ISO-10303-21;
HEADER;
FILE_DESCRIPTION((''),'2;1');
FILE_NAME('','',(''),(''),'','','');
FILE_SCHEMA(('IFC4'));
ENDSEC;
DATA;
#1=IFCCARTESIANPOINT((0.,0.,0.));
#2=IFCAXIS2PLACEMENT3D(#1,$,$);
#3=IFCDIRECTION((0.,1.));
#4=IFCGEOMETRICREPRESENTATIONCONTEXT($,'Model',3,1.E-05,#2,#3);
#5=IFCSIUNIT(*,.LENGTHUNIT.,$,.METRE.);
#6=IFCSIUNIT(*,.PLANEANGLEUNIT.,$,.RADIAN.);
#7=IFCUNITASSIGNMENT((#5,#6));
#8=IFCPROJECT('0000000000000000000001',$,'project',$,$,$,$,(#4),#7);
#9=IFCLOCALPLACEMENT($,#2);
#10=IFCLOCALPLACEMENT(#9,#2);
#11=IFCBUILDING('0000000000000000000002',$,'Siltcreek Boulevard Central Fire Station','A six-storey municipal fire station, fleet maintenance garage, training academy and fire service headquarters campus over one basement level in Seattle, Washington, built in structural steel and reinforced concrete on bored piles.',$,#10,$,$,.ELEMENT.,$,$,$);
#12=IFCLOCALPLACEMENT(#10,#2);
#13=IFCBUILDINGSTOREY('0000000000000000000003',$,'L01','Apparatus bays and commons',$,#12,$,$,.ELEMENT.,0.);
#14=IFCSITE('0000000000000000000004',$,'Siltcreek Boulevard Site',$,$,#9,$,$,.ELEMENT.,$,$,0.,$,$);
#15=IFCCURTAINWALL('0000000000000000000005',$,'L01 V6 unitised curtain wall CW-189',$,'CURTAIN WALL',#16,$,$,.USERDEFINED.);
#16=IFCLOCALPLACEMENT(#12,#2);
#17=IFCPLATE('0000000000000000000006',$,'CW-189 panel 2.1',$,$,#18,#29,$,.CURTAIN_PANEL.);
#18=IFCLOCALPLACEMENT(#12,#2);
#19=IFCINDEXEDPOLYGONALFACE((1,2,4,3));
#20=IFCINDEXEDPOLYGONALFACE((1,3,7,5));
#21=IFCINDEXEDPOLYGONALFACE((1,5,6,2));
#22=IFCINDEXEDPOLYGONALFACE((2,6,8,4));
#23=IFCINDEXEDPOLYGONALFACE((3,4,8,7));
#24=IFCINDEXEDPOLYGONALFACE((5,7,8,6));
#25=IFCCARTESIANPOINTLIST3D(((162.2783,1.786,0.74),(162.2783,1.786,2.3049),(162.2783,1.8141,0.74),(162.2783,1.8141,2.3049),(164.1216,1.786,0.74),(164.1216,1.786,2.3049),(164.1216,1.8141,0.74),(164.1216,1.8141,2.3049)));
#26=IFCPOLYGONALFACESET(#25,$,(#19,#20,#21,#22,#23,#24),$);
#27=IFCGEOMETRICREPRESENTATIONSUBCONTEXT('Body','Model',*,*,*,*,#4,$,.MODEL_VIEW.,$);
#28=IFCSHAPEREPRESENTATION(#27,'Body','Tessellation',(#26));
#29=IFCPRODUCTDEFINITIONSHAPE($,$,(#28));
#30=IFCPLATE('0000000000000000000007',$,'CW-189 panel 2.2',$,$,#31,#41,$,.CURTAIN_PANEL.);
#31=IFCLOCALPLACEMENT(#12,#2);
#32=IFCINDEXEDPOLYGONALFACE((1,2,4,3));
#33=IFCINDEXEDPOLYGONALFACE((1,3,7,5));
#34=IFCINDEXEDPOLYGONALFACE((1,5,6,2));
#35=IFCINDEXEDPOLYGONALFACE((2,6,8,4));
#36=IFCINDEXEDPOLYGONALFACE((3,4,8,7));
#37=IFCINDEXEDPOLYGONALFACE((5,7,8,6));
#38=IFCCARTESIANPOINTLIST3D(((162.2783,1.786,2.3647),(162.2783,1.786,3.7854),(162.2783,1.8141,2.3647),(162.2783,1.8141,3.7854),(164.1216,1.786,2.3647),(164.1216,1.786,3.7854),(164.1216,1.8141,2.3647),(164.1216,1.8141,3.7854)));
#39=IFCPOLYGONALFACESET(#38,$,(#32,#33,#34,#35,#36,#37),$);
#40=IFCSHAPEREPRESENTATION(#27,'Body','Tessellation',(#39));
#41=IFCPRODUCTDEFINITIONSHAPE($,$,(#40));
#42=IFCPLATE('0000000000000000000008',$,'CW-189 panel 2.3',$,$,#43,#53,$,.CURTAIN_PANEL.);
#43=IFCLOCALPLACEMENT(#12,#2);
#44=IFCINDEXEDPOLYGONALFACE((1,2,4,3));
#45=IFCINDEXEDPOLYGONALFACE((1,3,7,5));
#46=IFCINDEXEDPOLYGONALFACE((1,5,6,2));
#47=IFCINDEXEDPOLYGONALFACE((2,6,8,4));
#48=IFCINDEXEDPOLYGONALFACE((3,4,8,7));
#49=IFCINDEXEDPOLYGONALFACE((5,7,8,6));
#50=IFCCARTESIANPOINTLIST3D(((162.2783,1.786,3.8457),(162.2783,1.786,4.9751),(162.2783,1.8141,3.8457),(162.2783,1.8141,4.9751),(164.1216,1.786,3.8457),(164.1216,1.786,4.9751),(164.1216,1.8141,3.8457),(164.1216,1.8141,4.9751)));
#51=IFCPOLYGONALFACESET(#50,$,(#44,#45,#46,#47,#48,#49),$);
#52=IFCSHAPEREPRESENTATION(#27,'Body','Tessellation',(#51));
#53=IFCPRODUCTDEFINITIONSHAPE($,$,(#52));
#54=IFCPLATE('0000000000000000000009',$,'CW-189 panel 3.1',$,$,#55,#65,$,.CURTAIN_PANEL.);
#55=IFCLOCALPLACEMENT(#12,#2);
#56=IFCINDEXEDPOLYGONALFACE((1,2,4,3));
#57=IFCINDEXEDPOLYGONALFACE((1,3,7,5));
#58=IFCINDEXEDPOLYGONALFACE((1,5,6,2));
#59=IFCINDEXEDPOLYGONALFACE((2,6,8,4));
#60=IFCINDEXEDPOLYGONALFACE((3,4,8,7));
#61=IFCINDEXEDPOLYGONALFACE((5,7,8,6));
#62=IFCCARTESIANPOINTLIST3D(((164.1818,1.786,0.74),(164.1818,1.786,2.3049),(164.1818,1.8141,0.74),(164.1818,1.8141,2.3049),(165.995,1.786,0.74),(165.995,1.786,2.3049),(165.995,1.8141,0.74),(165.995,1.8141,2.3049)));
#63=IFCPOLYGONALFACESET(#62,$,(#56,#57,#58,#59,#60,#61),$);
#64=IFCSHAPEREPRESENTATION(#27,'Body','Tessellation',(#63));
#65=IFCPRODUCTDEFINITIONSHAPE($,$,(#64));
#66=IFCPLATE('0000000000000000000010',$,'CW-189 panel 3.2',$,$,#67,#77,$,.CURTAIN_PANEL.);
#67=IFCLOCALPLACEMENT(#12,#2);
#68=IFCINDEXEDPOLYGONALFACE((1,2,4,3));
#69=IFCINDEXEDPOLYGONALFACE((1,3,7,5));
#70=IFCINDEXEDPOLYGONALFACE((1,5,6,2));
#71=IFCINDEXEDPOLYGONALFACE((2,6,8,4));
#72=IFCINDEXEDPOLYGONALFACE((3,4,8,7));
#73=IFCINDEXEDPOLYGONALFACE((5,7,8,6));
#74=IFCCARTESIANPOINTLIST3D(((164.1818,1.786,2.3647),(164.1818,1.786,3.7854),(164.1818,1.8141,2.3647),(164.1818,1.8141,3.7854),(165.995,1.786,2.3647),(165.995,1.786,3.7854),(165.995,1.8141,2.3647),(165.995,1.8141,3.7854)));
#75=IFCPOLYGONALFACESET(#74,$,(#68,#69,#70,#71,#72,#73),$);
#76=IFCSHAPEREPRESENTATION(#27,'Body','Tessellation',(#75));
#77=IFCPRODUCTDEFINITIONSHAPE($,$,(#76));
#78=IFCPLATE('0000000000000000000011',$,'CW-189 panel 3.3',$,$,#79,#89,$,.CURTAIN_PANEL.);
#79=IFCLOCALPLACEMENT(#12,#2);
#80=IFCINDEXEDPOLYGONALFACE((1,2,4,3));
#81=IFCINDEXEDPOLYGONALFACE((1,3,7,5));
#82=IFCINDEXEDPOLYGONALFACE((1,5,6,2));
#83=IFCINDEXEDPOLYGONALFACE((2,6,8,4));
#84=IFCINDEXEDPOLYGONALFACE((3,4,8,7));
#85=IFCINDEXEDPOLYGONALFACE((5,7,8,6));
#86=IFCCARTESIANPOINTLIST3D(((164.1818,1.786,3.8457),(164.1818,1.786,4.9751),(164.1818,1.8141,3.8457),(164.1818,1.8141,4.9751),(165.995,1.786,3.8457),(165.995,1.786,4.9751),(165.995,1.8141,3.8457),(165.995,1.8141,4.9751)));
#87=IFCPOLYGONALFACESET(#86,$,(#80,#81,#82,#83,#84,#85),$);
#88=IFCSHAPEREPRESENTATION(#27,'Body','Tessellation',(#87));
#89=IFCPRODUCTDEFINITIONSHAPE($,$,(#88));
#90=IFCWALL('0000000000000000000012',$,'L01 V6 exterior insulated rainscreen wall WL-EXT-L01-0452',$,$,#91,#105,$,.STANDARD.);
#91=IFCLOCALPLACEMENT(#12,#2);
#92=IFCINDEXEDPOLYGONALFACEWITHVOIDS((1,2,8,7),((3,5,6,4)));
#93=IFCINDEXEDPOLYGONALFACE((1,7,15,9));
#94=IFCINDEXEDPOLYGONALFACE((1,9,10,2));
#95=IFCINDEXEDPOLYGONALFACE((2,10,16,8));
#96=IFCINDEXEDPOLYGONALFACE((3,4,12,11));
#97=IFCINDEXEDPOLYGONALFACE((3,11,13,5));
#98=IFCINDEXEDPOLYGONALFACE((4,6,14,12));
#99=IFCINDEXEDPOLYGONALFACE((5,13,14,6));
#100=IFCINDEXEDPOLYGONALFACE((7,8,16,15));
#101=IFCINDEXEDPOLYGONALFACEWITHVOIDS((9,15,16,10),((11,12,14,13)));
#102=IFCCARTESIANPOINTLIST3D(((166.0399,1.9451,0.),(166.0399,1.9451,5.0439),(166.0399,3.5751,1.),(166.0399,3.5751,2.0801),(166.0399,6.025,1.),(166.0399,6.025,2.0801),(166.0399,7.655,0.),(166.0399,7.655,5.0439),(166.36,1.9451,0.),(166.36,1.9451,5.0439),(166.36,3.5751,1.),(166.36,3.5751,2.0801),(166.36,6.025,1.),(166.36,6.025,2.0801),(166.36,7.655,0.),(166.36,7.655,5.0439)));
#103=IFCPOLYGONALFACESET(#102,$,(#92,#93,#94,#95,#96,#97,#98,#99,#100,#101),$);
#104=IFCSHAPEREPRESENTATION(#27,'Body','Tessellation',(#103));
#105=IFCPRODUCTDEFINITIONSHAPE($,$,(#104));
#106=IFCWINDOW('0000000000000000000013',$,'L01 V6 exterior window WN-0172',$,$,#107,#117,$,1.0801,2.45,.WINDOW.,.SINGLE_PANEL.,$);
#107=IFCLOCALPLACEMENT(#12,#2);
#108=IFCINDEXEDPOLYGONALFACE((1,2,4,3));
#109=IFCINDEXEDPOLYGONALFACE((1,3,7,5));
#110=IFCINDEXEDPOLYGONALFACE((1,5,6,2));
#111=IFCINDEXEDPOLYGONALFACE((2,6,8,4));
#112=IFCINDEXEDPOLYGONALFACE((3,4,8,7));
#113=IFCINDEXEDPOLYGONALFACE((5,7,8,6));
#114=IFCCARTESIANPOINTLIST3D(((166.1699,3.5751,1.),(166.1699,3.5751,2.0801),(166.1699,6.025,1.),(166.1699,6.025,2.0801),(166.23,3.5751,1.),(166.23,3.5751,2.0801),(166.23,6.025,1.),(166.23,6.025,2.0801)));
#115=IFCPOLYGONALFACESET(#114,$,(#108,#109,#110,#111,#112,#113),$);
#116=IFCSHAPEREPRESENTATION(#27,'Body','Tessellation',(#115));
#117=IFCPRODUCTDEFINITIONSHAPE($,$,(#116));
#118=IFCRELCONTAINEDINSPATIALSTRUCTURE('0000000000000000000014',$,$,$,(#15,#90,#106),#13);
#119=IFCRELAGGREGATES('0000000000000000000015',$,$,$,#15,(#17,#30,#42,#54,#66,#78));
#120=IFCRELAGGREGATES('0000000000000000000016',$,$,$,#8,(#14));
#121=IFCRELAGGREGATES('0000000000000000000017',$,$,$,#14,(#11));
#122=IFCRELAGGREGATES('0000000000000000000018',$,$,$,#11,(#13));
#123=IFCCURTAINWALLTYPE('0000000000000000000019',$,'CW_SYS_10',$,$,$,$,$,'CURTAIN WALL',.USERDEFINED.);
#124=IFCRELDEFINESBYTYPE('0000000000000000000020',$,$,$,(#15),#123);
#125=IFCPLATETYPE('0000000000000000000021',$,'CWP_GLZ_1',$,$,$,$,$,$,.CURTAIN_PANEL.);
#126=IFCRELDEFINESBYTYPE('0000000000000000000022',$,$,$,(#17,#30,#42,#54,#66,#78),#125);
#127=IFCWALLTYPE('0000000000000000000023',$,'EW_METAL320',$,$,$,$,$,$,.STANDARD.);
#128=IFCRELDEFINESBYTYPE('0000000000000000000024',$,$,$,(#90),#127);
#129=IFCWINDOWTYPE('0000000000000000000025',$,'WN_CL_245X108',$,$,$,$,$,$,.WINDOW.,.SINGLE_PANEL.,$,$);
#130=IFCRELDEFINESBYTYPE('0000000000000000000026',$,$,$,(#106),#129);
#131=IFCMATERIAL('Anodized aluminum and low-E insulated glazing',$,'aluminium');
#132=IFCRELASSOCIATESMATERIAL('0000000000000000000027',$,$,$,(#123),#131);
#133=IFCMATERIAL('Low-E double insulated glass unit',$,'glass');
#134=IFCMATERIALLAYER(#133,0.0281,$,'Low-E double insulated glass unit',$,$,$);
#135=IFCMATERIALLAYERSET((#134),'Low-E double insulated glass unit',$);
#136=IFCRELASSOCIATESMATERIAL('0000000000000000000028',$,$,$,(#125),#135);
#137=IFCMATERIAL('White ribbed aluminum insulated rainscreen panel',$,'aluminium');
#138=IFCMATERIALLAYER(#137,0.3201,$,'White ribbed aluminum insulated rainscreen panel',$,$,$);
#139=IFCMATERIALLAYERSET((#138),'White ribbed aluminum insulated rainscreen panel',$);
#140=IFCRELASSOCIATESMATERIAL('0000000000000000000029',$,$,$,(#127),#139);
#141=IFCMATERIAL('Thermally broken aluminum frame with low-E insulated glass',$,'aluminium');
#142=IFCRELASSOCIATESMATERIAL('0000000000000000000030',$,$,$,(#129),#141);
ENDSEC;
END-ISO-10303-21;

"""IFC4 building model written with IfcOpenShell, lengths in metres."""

from ifc_helpers import new_model, si_unit, direction, frame, frame_2d, origin, origin_2d, place, context, subcontext, project, spatial, rectangle, extrude, material, layer, layer_set, type_object, element, fill, aggregate, save


model = new_model("IFC4")

# Units and contexts
model_context = context("Model", 3, precision=1e-05, world=origin(), true_north=direction((0.0, 1.0)))
body_context = subcontext(model_context, "Body", "Model", "MODEL_VIEW")
ifc_project = project(units=[si_unit("LENGTHUNIT", "METRE"), si_unit("PLANEANGLEUNIT", "RADIAN")], contexts=[model_context])

# Site, building, storey
site_placement = place(None, origin())
site = spatial("IfcSite", under=ifc_project, at=site_placement, Name="Siltcreek Boulevard Site", CompositionType="ELEMENT", RefElevation=0.0)
building_placement = place(site_placement, origin())
building = spatial("IfcBuilding", under=site, at=building_placement, Name="Siltcreek Boulevard Central Fire Station", Description="A six-storey municipal fire station, fleet maintenance garage, training academy and fire service headquarters campus over one basement level in Seattle, Washington, built in structural steel and reinforced concrete on bored piles.", CompositionType="ELEMENT")
storey_placement = place(building_placement, origin())
storey = spatial("IfcBuildingStorey", under=building, at=storey_placement, Name="L01", Description="Apparatus bays and commons", CompositionType="ELEMENT", Elevation=0.0)

# Curtain wall
ifc_material_1 = material(Name="Anodized aluminum and low-E insulated glazing", Category="aluminium")
curtain_wall_type = type_object("IfcCurtainWallType", Name="CW_SYS_10", ElementType="CURTAIN WALL", PredefinedType="USERDEFINED", material=ifc_material_1)
curtain_wall_placement = place(storey_placement, origin())
curtain_wall = element("IfcCurtainWall", 1, at=curtain_wall_placement, inside=storey, type_object=curtain_wall_type, Name="L01 V6 unitised curtain wall CW-189", ObjectType="CURTAIN WALL", PredefinedType="USERDEFINED")

# Plates
ifc_material_2 = material(Name="Low-E double insulated glass unit", Category="glass")
ifc_layer_1 = layer(ifc_material_2, 0.0281, Name="Low-E double insulated glass unit")
ifc_layer_set_1 = layer_set([ifc_layer_1], Name="Low-E double insulated glass unit")
plate_type = type_object("IfcPlateType", Name="CWP_GLZ_1", PredefinedType="CURTAIN_PANEL", material=ifc_layer_set_1)
plate_1_placement = place(storey_placement, frame((163.2, 1.8, 0.74), z_axis=(0.0, 0.0, 1.0), x_axis=(1.0, 0.0, 0.0)))
plate_1 = element("IfcPlate", 2, at=plate_1_placement, type_object=plate_type, Name="CW-189 panel 2.1", PredefinedType="CURTAIN_PANEL", context=body_context, shape_type="SweptSolid", body=[
    extrude(rectangle(XDim=1.8433, YDim=0.0281, at=origin_2d()), origin(), (0.0, 0.0, 1.0), 1.5649),
])
plate_2_placement = place(storey_placement, frame((163.2, 1.8, 2.3647), z_axis=(0.0, 0.0, 1.0), x_axis=(1.0, 0.0, 0.0)))
plate_2 = element("IfcPlate", 3, at=plate_2_placement, type_object=plate_type, Name="CW-189 panel 2.2", PredefinedType="CURTAIN_PANEL", context=body_context, shape_type="SweptSolid", body=[
    extrude(rectangle(XDim=1.8433, YDim=0.0281, at=origin_2d()), origin(), (0.0, 0.0, 1.0), 1.4207),
])
plate_3_placement = place(storey_placement, frame((163.2, 1.8, 3.8457), z_axis=(0.0, 0.0, 1.0), x_axis=(1.0, 0.0, 0.0)))
plate_3 = element("IfcPlate", 4, at=plate_3_placement, type_object=plate_type, Name="CW-189 panel 2.3", PredefinedType="CURTAIN_PANEL", context=body_context, shape_type="SweptSolid", body=[
    extrude(rectangle(XDim=1.8433, YDim=0.0281, at=origin_2d()), origin(), (0.0, 0.0, 1.0), 1.1294),
])
plate_4_placement = place(storey_placement, frame((165.0884, 1.8, 0.74), z_axis=(0.0, 0.0, 1.0), x_axis=(1.0, 0.0, 0.0)))
plate_4 = element("IfcPlate", 5, at=plate_4_placement, type_object=plate_type, Name="CW-189 panel 3.1", PredefinedType="CURTAIN_PANEL", context=body_context, shape_type="SweptSolid", body=[
    extrude(rectangle(XDim=1.8132, YDim=0.0281, at=origin_2d()), origin(), (0.0, 0.0, 1.0), 1.5649),
])
plate_5_placement = place(storey_placement, frame((165.0884, 1.8, 2.3647), z_axis=(0.0, 0.0, 1.0), x_axis=(1.0, 0.0, 0.0)))
plate_5 = element("IfcPlate", 6, at=plate_5_placement, type_object=plate_type, Name="CW-189 panel 3.2", PredefinedType="CURTAIN_PANEL", context=body_context, shape_type="SweptSolid", body=[
    extrude(rectangle(XDim=1.8132, YDim=0.0281, at=origin_2d()), origin(), (0.0, 0.0, 1.0), 1.4207),
])
plate_6_placement = place(storey_placement, frame((165.0884, 1.8, 3.8457), z_axis=(0.0, 0.0, 1.0), x_axis=(1.0, 0.0, 0.0)))
plate_6 = element("IfcPlate", 7, at=plate_6_placement, type_object=plate_type, Name="CW-189 panel 3.3", PredefinedType="CURTAIN_PANEL", context=body_context, shape_type="SweptSolid", body=[
    extrude(rectangle(XDim=1.8132, YDim=0.0281, at=origin_2d()), origin(), (0.0, 0.0, 1.0), 1.1294),
])
aggregate(curtain_wall, [plate_1, plate_2, plate_3, plate_4, plate_5, plate_6])

# Wall, opening, window
ifc_material_3 = material(Name="White ribbed aluminum insulated rainscreen panel", Category="aluminium")
ifc_layer_2 = layer(ifc_material_3, 0.3201, Name="White ribbed aluminum insulated rainscreen panel")
ifc_layer_set_2 = layer_set([ifc_layer_2], Name="White ribbed aluminum insulated rainscreen panel")
wall_type = type_object("IfcWallType", Name="EW_METAL320", PredefinedType="STANDARD", material=ifc_layer_set_2)
wall_placement = place(storey_placement, frame((166.2, 1.9451, 0.0), z_axis=(0.0, 0.0, 1.0), x_axis=(0.0, 1.0, 0.0)))
wall = element("IfcWall", 8, at=wall_placement, inside=storey, type_object=wall_type, Name="L01 V6 exterior insulated rainscreen wall WL-EXT-L01-0452", PredefinedType="STANDARD", context=body_context, shape_type="SweptSolid", body=[
    extrude(rectangle(XDim=5.71, YDim=0.3201, at=frame_2d((2.855, 0.0))), origin(), (0.0, 0.0, 1.0), 5.0439),
])
opening_placement = place(wall_placement, frame((1.6299, 0.0, 1.0)))
opening = element("IfcOpeningElement", 9, at=opening_placement, cuts=wall, PredefinedType="OPENING", context=body_context, shape_type="SweptSolid", body=[
    extrude(rectangle(XDim=2.45, YDim=1.0801, at=frame_2d((1.2251, 0.54))), frame((0.0, 0.1699, 0.0), z_axis=(0.0, -1.0, 0.0), x_axis=(1.0, 0.0, 0.0)), (0.0, 0.0, 1.0), 0.3401),
])
ifc_material_4 = material(Name="Thermally broken aluminum frame with low-E insulated glass", Category="aluminium")
window_type = type_object("IfcWindowType", Name="WN_CL_245X108", PartitioningType="SINGLE_PANEL", PredefinedType="WINDOW", material=ifc_material_4)
window_placement = place(opening_placement, origin())
window = element("IfcWindow", 10, at=window_placement, inside=storey, type_object=window_type, Name="L01 V6 exterior window WN-0172", OverallHeight=1.0801, OverallWidth=2.45, PartitioningType="SINGLE_PANEL", PredefinedType="WINDOW", context=body_context, shape_type="SweptSolid", body=[
    extrude(rectangle(XDim=2.45, YDim=1.0801, at=frame_2d((1.2251, 0.54))), frame((0.0, 0.03, 0.0), z_axis=(0.0, -1.0, 0.0), x_axis=(1.0, 0.0, 0.0)), (0.0, 0.0, 1.0), 0.0601),
])
fill(opening, window)

save(model, "model.ifc")
